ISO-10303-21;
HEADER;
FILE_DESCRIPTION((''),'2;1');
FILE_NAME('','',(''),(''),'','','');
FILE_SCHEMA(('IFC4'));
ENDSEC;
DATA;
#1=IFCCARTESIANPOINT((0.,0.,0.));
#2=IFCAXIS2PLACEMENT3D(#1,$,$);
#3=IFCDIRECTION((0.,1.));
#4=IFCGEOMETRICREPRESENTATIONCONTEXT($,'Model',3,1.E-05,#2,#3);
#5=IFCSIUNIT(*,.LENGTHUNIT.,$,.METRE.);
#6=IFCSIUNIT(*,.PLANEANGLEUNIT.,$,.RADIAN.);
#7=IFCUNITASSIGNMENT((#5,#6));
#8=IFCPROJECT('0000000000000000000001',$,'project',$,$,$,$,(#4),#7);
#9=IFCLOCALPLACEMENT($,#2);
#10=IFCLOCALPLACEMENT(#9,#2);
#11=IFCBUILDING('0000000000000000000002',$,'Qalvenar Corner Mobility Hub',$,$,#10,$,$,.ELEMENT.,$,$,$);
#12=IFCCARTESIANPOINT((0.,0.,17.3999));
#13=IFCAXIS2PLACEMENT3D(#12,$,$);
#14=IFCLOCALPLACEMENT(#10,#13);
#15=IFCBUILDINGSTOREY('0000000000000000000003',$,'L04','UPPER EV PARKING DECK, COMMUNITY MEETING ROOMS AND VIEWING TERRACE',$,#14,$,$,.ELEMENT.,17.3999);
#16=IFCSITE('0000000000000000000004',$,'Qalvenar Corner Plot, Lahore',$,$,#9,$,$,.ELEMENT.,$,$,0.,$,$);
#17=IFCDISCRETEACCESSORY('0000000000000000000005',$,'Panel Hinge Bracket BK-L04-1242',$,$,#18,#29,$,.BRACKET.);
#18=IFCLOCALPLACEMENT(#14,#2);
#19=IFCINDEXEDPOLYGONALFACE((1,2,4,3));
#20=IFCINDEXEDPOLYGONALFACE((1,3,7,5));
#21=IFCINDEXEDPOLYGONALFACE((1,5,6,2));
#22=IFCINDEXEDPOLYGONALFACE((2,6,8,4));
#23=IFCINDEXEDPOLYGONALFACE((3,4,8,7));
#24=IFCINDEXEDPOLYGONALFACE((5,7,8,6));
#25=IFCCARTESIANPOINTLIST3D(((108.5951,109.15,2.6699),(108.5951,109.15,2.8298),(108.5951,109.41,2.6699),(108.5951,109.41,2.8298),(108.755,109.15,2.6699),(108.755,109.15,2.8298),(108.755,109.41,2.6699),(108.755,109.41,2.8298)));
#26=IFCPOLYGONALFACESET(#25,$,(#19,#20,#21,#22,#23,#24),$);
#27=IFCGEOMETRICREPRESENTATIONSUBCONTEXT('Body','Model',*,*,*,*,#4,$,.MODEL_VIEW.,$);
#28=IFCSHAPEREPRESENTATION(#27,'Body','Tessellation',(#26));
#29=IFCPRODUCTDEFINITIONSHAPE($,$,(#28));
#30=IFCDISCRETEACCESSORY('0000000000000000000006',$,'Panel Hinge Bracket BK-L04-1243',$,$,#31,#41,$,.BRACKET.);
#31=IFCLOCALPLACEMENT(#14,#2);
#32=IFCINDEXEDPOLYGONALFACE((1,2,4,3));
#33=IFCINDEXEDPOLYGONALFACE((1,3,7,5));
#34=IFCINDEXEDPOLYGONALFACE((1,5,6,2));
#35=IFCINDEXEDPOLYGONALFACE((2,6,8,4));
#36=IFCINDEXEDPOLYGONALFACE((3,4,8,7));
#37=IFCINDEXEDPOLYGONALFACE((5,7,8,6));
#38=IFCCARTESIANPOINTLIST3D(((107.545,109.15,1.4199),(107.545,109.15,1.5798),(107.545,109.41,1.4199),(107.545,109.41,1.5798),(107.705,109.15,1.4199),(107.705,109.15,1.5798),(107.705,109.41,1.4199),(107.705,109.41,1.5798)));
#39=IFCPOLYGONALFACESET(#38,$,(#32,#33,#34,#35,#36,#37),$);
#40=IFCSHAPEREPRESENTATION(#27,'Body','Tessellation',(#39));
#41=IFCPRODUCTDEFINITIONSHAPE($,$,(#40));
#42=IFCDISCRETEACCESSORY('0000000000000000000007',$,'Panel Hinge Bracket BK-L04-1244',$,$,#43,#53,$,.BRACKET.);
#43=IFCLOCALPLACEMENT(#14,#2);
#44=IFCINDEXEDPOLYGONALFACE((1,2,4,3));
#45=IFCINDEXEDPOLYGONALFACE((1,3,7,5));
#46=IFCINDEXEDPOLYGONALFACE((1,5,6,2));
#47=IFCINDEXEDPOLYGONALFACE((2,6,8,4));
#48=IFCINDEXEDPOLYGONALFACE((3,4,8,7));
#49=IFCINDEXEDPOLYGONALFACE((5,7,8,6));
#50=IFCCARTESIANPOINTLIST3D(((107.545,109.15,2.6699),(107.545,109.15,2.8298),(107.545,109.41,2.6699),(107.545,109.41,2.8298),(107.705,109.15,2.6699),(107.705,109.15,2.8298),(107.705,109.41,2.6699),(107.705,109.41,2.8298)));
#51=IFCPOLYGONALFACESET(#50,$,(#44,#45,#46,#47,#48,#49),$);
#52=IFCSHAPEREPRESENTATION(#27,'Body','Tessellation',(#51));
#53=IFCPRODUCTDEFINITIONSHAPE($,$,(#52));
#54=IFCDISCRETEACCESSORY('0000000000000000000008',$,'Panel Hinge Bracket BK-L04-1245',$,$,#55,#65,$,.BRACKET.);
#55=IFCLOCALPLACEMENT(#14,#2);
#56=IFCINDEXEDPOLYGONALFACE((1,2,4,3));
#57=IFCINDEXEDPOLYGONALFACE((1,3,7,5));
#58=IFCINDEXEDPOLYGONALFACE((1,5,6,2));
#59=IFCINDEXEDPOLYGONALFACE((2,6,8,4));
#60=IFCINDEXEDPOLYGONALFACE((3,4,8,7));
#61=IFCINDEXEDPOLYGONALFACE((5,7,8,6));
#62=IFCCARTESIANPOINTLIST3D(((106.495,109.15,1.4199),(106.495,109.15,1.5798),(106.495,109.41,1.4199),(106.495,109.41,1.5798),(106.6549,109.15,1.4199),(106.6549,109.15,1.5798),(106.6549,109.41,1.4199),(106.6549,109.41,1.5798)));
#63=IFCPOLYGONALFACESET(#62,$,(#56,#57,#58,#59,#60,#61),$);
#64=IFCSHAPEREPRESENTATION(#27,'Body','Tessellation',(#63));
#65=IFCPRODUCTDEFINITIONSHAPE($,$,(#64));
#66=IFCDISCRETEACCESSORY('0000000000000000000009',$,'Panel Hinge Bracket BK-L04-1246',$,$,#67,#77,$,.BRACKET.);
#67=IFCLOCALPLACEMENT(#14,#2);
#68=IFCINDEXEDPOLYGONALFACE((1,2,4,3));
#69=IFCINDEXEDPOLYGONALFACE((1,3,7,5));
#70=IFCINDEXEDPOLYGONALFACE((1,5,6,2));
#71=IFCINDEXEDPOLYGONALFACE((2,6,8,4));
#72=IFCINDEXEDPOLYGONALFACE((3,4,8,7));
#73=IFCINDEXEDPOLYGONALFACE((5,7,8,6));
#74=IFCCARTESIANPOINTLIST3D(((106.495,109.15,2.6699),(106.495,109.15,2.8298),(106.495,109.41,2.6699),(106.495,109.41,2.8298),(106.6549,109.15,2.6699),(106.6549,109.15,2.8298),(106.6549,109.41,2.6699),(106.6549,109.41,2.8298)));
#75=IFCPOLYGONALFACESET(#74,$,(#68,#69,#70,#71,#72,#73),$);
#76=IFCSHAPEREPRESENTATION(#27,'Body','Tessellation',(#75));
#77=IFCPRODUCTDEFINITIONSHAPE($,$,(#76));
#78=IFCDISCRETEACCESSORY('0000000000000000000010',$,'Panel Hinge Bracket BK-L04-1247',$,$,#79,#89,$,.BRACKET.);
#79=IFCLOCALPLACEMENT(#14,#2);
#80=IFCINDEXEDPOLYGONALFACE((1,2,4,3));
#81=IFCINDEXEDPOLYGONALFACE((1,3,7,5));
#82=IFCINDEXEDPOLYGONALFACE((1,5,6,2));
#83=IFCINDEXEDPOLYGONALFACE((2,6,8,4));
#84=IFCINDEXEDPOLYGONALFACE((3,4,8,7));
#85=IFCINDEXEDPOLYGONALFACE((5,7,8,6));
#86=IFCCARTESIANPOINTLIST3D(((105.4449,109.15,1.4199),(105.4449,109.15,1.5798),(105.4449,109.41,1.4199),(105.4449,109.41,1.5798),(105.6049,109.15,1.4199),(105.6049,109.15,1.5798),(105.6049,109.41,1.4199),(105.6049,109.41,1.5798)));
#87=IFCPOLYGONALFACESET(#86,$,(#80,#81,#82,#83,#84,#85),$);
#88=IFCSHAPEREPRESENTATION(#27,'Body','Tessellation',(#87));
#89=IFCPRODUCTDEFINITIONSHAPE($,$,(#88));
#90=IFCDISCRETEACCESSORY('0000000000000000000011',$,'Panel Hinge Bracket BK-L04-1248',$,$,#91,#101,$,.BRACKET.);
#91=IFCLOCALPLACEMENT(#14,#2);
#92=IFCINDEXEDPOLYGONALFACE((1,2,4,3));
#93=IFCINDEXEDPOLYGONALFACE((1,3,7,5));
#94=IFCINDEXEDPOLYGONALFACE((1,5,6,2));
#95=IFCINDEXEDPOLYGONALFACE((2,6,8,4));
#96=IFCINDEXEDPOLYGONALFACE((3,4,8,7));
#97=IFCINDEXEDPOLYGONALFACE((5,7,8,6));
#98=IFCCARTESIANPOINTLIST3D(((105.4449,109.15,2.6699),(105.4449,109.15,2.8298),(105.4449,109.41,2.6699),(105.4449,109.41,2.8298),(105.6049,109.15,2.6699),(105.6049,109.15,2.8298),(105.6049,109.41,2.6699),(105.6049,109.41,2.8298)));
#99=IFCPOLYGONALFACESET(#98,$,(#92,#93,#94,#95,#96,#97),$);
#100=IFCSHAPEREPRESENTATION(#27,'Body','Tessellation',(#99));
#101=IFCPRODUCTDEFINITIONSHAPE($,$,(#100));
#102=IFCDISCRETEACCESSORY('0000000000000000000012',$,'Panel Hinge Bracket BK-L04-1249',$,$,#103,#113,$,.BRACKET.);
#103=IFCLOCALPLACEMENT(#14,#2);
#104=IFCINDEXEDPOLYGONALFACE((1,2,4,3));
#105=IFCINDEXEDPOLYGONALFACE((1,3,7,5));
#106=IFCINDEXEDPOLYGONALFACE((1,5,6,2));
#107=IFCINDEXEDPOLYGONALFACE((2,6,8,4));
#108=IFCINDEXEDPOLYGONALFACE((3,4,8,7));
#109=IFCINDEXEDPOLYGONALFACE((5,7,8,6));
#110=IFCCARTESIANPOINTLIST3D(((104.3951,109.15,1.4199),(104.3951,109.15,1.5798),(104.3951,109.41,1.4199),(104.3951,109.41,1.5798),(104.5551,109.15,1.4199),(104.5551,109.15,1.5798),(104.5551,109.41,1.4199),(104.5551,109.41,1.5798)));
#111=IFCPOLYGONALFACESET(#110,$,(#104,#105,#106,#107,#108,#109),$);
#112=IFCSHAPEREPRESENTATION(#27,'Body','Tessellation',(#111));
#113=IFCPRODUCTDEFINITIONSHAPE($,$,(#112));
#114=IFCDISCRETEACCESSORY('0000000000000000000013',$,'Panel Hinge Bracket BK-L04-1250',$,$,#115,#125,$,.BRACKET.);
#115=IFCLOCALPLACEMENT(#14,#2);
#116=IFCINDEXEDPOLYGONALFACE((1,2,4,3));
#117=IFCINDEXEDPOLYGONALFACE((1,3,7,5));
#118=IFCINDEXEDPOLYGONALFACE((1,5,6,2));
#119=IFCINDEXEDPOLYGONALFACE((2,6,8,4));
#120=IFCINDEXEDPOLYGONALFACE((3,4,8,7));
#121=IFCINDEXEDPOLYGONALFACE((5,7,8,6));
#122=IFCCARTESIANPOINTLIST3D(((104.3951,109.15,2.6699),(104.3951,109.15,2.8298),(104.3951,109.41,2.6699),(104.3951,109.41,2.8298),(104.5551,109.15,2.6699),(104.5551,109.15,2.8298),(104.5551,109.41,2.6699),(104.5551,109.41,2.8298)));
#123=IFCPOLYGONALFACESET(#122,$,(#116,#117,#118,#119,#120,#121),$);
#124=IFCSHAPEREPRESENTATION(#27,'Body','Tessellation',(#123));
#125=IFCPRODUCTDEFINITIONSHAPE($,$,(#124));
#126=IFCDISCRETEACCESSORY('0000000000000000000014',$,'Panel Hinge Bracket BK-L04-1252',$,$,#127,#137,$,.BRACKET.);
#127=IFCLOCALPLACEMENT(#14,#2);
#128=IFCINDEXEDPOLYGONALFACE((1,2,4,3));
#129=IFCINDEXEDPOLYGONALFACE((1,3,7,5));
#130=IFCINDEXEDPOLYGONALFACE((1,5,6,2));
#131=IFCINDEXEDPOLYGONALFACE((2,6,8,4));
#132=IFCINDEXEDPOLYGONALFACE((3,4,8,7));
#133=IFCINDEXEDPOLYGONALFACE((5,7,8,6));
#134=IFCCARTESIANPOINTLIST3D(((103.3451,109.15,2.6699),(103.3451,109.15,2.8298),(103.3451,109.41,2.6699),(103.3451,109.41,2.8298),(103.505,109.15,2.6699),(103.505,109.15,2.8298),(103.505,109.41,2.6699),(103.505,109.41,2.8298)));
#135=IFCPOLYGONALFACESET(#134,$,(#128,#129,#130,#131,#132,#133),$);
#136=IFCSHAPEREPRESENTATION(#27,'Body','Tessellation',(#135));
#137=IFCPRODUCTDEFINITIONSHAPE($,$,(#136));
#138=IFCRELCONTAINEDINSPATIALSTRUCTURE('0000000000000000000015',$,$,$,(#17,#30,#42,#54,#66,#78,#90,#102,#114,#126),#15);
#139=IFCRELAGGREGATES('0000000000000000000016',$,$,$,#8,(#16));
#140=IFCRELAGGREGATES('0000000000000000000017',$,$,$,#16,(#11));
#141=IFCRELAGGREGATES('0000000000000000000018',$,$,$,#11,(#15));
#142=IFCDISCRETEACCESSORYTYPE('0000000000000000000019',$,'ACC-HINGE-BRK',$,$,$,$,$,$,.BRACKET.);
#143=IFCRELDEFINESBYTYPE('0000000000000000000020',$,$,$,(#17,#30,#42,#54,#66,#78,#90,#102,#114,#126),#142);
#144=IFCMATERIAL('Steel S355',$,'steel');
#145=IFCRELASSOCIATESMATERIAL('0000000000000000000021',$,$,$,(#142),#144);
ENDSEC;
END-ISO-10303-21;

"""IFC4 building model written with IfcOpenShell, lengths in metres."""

from ifc_helpers import new_model, si_unit, direction, frame, origin, origin_2d, place, context, subcontext, project, spatial, rectangle, extrude, material, type_object, element, save


model = new_model("IFC4")

# Units and contexts
model_context = context("Model", 3, precision=1e-05, world=origin(), true_north=direction((0.0, 1.0)))
body_context = subcontext(model_context, "Body", "Model", "MODEL_VIEW")
ifc_project = project(units=[si_unit("LENGTHUNIT", "METRE"), si_unit("PLANEANGLEUNIT", "RADIAN")], contexts=[model_context])

# Site, building, storey
site_placement = place(None, origin())
site = spatial("IfcSite", under=ifc_project, at=site_placement, Name="Qalvenar Corner Plot, Lahore", CompositionType="ELEMENT", RefElevation=0.0)
building_placement = place(site_placement, origin())
building = spatial("IfcBuilding", under=site, at=building_placement, Name="Qalvenar Corner Mobility Hub", CompositionType="ELEMENT")
storey_placement = place(building_placement, frame((0.0, 0.0, 17.3999)))
storey = spatial("IfcBuildingStorey", under=building, at=storey_placement, Name="L04", Description="UPPER EV PARKING DECK, COMMUNITY MEETING ROOMS AND VIEWING TERRACE", CompositionType="ELEMENT", Elevation=17.3999)

# Shared definitions
ifc_material = material(Name="Steel S355", Category="steel")

# Discrete accessories
discrete_accessory_type = type_object("IfcDiscreteAccessoryType", Name="ACC-HINGE-BRK", PredefinedType="BRACKET", material=ifc_material)
for number, where, z_axis, x_axis, name in (
    (1, (108.675, 109.28, 2.6699), (0.0, 0.0, 1.0), (-1.0, 0.0, 0.0), "Panel Hinge Bracket BK-L04-1242"),
    (2, (107.625, 109.28, 1.4199), (0.0, 0.0, 1.0), (-1.0, 0.0, 0.0), "Panel Hinge Bracket BK-L04-1243"),
    (3, (107.625, 109.28, 2.6699), (0.0, 0.0, 1.0), (-1.0, 0.0, 0.0), "Panel Hinge Bracket BK-L04-1244"),
    (4, (106.575, 109.28, 1.4199), (0.0, 0.0, 1.0), (-1.0, 0.0, 0.0), "Panel Hinge Bracket BK-L04-1245"),
    (5, (106.575, 109.28, 2.6699), (0.0, 0.0, 1.0), (-1.0, 0.0, 0.0), "Panel Hinge Bracket BK-L04-1246"),
    (6, (105.5249, 109.28, 1.4199), (0.0, 0.0, 1.0), (-1.0, 0.0, 0.0), "Panel Hinge Bracket BK-L04-1247"),
    (7, (105.5249, 109.28, 2.6699), (0.0, 0.0, 1.0), (-1.0, 0.0, 0.0), "Panel Hinge Bracket BK-L04-1248"),
    (8, (104.4751, 109.28, 1.4199), (0.0, 0.0, 1.0), (-1.0, 0.0, 0.0), "Panel Hinge Bracket BK-L04-1249"),
    (9, (104.4751, 109.28, 2.6699), (0.0, 0.0, 1.0), (-1.0, 0.0, 0.0), "Panel Hinge Bracket BK-L04-1250"),
    (10, (103.425, 109.28, 2.6699), (0.0, 0.0, 1.0), (-1.0, 0.0, 0.0), "Panel Hinge Bracket BK-L04-1252"),
):
    element("IfcDiscreteAccessory", number, at=place(storey_placement, frame(where, z_axis=z_axis, x_axis=x_axis)), inside=storey, type_object=discrete_accessory_type, Name=name, PredefinedType="BRACKET", context=body_context, shape_type="SweptSolid", body=[
        extrude(rectangle(XDim=0.1599, YDim=0.26, at=origin_2d()), origin(), (0.0, 0.0, 1.0), 0.1599),
    ])

save(model, "model.ifc")
